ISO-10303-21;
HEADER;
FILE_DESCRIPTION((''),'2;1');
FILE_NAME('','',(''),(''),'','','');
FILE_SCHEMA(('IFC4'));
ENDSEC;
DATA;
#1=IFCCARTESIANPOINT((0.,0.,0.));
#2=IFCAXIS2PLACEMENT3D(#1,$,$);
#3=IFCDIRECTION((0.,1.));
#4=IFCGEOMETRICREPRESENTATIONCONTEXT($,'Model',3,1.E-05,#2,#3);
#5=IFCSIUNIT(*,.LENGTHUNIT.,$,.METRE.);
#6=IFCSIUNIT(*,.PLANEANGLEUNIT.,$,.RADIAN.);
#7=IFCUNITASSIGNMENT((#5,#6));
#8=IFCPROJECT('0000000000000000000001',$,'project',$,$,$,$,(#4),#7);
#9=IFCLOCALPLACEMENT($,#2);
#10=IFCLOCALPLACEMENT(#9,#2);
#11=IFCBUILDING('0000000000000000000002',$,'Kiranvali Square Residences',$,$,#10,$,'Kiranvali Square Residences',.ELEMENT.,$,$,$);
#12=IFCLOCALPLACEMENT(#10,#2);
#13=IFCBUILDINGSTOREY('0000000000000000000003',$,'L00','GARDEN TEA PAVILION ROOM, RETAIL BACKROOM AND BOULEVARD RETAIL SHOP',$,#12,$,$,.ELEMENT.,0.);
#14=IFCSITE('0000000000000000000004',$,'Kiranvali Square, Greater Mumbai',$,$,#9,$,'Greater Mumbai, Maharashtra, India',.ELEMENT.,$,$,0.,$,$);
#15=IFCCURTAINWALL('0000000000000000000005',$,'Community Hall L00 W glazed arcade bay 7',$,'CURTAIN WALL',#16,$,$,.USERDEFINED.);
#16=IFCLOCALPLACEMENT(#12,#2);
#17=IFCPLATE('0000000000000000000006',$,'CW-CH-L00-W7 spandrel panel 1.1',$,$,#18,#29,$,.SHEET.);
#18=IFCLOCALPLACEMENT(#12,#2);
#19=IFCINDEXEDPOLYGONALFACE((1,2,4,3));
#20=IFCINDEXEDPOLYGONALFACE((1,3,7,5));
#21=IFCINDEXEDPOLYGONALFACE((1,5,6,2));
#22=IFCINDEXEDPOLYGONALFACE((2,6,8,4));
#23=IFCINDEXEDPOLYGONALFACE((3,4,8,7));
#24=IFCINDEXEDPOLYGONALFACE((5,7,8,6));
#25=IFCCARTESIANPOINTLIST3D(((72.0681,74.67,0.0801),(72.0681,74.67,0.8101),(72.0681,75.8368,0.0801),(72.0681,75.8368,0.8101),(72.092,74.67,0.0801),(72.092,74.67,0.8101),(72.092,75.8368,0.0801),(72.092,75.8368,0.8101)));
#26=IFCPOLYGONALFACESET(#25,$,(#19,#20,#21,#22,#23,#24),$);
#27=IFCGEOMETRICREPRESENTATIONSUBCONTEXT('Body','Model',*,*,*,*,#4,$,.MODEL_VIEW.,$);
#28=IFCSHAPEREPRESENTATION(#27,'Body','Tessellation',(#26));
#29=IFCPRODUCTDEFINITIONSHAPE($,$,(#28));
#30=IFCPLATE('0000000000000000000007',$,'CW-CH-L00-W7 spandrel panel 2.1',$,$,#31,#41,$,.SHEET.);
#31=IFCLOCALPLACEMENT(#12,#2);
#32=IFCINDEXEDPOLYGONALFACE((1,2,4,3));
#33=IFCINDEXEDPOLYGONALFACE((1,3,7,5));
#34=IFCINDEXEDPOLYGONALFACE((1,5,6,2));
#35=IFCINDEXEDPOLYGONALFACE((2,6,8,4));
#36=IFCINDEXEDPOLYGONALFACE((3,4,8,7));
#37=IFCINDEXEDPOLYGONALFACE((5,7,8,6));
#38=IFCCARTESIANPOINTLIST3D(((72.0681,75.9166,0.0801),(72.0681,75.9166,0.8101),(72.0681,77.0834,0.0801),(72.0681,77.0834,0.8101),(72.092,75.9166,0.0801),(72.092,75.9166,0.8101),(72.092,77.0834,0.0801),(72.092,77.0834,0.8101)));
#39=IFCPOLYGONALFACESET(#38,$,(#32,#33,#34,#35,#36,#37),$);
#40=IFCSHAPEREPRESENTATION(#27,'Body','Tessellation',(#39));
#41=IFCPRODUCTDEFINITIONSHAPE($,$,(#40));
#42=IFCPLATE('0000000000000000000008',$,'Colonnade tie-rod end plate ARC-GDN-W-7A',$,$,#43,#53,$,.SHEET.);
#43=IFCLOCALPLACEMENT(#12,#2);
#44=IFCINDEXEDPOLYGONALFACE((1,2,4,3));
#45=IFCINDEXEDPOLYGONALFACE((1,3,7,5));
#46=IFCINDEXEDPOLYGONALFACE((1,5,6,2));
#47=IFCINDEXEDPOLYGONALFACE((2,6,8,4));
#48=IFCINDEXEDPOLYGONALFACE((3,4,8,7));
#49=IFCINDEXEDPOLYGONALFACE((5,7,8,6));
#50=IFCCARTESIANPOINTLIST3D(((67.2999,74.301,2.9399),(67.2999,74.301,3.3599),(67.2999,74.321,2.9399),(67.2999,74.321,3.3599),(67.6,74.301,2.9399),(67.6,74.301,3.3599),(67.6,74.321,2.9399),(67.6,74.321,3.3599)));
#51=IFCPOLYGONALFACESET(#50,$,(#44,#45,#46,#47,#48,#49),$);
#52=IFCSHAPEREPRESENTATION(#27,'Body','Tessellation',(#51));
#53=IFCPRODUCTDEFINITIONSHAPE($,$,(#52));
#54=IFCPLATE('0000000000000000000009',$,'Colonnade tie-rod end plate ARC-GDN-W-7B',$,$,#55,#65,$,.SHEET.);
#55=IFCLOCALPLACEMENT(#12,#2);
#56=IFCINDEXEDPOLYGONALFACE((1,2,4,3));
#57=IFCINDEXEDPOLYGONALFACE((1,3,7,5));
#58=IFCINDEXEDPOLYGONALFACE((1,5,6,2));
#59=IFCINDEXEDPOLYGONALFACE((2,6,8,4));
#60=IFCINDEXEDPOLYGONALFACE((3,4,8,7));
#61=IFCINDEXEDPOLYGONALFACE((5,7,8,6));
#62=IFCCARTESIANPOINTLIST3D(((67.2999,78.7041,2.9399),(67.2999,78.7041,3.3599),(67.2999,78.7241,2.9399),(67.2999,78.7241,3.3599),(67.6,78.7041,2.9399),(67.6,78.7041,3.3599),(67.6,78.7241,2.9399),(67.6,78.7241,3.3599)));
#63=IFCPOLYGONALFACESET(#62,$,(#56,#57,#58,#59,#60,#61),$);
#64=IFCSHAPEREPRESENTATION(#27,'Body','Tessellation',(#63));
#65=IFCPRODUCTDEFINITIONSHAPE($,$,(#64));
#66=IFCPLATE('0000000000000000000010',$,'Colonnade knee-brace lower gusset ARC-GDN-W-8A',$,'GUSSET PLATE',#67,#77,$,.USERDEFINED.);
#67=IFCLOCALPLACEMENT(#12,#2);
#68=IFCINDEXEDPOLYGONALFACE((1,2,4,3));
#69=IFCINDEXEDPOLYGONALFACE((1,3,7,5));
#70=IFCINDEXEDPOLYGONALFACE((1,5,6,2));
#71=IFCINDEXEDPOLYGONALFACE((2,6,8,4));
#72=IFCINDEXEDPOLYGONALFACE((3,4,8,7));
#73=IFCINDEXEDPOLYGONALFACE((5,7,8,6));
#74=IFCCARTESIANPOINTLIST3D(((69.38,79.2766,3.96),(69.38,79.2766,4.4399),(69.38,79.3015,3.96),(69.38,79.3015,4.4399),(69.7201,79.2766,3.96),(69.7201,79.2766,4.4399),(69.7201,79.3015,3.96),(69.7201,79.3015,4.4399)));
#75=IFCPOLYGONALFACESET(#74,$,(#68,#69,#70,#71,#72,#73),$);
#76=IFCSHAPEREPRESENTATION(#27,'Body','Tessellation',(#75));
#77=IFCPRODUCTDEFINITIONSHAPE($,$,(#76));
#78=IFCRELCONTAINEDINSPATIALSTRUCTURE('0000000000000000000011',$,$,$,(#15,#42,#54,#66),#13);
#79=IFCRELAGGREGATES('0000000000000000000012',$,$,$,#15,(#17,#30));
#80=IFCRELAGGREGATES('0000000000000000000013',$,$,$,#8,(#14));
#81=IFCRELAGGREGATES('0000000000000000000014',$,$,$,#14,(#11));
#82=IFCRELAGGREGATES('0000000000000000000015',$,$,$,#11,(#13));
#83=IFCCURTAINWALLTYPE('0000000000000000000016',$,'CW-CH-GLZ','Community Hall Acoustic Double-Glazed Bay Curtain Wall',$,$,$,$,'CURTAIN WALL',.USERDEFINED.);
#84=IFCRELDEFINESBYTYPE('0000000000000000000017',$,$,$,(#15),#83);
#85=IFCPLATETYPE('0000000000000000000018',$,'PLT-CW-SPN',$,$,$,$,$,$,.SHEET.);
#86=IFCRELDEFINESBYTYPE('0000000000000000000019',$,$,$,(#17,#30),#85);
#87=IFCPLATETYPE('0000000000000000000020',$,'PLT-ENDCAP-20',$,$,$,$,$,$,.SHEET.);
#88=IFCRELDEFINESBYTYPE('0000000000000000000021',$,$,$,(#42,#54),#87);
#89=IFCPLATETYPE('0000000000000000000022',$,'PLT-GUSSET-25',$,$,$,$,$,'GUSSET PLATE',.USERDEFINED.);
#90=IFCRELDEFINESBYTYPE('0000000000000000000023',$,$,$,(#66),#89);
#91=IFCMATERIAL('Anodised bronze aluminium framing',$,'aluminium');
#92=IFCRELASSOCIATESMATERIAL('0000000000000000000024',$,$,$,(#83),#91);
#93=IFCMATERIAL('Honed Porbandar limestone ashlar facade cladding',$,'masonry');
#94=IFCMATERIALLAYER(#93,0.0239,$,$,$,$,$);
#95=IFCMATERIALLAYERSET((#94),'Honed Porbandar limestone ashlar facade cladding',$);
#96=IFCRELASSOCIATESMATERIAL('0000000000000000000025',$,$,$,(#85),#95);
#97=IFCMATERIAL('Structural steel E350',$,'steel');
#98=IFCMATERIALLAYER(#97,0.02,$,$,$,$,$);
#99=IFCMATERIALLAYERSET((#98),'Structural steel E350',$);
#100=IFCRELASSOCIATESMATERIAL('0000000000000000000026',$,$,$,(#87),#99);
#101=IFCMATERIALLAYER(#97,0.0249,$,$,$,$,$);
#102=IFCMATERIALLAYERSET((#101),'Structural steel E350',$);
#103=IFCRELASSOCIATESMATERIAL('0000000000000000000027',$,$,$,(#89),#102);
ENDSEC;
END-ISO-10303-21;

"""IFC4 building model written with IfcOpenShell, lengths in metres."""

from ifc_helpers import new_model, si_unit, direction, frame, origin, origin_2d, place, context, subcontext, project, spatial, rectangle, extrude, material, layer, layer_set, type_object, element, aggregate, save


model = new_model("IFC4")

# Units and contexts
model_context = context("Model", 3, precision=1e-05, world=origin(), true_north=direction((0.0, 1.0)))
body_context = subcontext(model_context, "Body", "Model", "MODEL_VIEW")
ifc_project = project(units=[si_unit("LENGTHUNIT", "METRE"), si_unit("PLANEANGLEUNIT", "RADIAN")], contexts=[model_context])

# Site, building, storey
site_placement = place(None, origin())
site = spatial("IfcSite", under=ifc_project, at=site_placement, Name="Kiranvali Square, Greater Mumbai", LongName="Greater Mumbai, Maharashtra, India", CompositionType="ELEMENT", RefElevation=0.0)
building_placement = place(site_placement, origin())
building = spatial("IfcBuilding", under=site, at=building_placement, Name="Kiranvali Square Residences", LongName="Kiranvali Square Residences", CompositionType="ELEMENT")
storey_placement = place(building_placement, origin())
storey = spatial("IfcBuildingStorey", under=building, at=storey_placement, Name="L00", Description="GARDEN TEA PAVILION ROOM, RETAIL BACKROOM AND BOULEVARD RETAIL SHOP", CompositionType="ELEMENT", Elevation=0.0)

# Curtain wall
ifc_material_1 = material(Name="Anodised bronze aluminium framing", Category="aluminium")
curtain_wall_type = type_object("IfcCurtainWallType", Name="CW-CH-GLZ", Description="Community Hall Acoustic Double-Glazed Bay Curtain Wall", ElementType="CURTAIN WALL", PredefinedType="USERDEFINED", material=ifc_material_1)
curtain_wall_placement = place(storey_placement, origin())
curtain_wall = element("IfcCurtainWall", 1, at=curtain_wall_placement, inside=storey, type_object=curtain_wall_type, Name="Community Hall L00 W glazed arcade bay 7", ObjectType="CURTAIN WALL", PredefinedType="USERDEFINED")

# Shared definitions
ifc_material_2 = material(Name="Structural steel E350", Category="steel")

# Plates
ifc_material_3 = material(Name="Honed Porbandar limestone ashlar facade cladding", Category="masonry")
ifc_layer_1 = layer(ifc_material_3, 0.0239)
ifc_layer_set_1 = layer_set([ifc_layer_1], Name="Honed Porbandar limestone ashlar facade cladding")
plate_type_1 = type_object("IfcPlateType", Name="PLT-CW-SPN", PredefinedType="SHEET", material=ifc_layer_set_1)
plate_1_placement = place(storey_placement, frame((72.0801, 75.2534, 0.0801), z_axis=(0.0, 0.0, 1.0), x_axis=(0.0, 1.0, 0.0)))
plate_1 = element("IfcPlate", 2, at=plate_1_placement, type_object=plate_type_1, Name="CW-CH-L00-W7 spandrel panel 1.1", PredefinedType="SHEET", context=body_context, shape_type="SweptSolid", body=[
    extrude(rectangle(XDim=1.1667, YDim=0.0239, at=origin_2d()), origin(), (0.0, 0.0, 1.0), 0.73),
])
plate_2_placement = place(storey_placement, frame((72.0801, 76.5, 0.0801), z_axis=(0.0, 0.0, 1.0), x_axis=(0.0, 1.0, 0.0)))
plate_2 = element("IfcPlate", 3, at=plate_2_placement, type_object=plate_type_1, Name="CW-CH-L00-W7 spandrel panel 2.1", PredefinedType="SHEET", context=body_context, shape_type="SweptSolid", body=[
    extrude(rectangle(XDim=1.1667, YDim=0.0239, at=origin_2d()), origin(), (0.0, 0.0, 1.0), 0.73),
])
aggregate(curtain_wall, [plate_1, plate_2])

# Plates
ifc_layer_2 = layer(ifc_material_2, 0.02)
ifc_layer_set_2 = layer_set([ifc_layer_2], Name="Structural steel E350")
plate_type_2 = type_object("IfcPlateType", Name="PLT-ENDCAP-20", PredefinedType="SHEET", material=ifc_layer_set_2)
for number, where, z_axis, x_axis, name in (
    (4, (67.45, 74.311, 2.9399), (0.0, 0.0, 1.0), (1.0, 0.0, 0.0), "Colonnade tie-rod end plate ARC-GDN-W-7A"),
    (5, (67.45, 78.7141, 2.9399), (0.0, 0.0, 1.0), (1.0, 0.0, 0.0), "Colonnade tie-rod end plate ARC-GDN-W-7B"),
):
    element("IfcPlate", number, at=place(storey_placement, frame(where, z_axis=z_axis, x_axis=x_axis)), inside=storey, type_object=plate_type_2, Name=name, PredefinedType="SHEET", context=body_context, shape_type="SweptSolid", body=[
        extrude(rectangle(XDim=0.3, YDim=0.02, at=origin_2d()), origin(), (0.0, 0.0, 1.0), 0.4199),
    ])
ifc_layer_3 = layer(ifc_material_2, 0.0249)
ifc_layer_set_3 = layer_set([ifc_layer_3], Name="Structural steel E350")
plate_type_3 = type_object("IfcPlateType", Name="PLT-GUSSET-25", ElementType="GUSSET PLATE", PredefinedType="USERDEFINED", material=ifc_layer_set_3)
plate_3_placement = place(storey_placement, frame((69.55, 79.2891, 3.96), z_axis=(0.0, 0.0, 1.0), x_axis=(1.0, 0.0, 0.0)))
element("IfcPlate", 6, at=plate_3_placement, inside=storey, type_object=plate_type_3, Name="Colonnade knee-brace lower gusset ARC-GDN-W-8A", ObjectType="GUSSET PLATE", PredefinedType="USERDEFINED", context=body_context, shape_type="SweptSolid", body=[
    extrude(rectangle(XDim=0.3401, YDim=0.0249, at=origin_2d()), origin(), (0.0, 0.0, 1.0), 0.48),
])

save(model, "model.ifc")
